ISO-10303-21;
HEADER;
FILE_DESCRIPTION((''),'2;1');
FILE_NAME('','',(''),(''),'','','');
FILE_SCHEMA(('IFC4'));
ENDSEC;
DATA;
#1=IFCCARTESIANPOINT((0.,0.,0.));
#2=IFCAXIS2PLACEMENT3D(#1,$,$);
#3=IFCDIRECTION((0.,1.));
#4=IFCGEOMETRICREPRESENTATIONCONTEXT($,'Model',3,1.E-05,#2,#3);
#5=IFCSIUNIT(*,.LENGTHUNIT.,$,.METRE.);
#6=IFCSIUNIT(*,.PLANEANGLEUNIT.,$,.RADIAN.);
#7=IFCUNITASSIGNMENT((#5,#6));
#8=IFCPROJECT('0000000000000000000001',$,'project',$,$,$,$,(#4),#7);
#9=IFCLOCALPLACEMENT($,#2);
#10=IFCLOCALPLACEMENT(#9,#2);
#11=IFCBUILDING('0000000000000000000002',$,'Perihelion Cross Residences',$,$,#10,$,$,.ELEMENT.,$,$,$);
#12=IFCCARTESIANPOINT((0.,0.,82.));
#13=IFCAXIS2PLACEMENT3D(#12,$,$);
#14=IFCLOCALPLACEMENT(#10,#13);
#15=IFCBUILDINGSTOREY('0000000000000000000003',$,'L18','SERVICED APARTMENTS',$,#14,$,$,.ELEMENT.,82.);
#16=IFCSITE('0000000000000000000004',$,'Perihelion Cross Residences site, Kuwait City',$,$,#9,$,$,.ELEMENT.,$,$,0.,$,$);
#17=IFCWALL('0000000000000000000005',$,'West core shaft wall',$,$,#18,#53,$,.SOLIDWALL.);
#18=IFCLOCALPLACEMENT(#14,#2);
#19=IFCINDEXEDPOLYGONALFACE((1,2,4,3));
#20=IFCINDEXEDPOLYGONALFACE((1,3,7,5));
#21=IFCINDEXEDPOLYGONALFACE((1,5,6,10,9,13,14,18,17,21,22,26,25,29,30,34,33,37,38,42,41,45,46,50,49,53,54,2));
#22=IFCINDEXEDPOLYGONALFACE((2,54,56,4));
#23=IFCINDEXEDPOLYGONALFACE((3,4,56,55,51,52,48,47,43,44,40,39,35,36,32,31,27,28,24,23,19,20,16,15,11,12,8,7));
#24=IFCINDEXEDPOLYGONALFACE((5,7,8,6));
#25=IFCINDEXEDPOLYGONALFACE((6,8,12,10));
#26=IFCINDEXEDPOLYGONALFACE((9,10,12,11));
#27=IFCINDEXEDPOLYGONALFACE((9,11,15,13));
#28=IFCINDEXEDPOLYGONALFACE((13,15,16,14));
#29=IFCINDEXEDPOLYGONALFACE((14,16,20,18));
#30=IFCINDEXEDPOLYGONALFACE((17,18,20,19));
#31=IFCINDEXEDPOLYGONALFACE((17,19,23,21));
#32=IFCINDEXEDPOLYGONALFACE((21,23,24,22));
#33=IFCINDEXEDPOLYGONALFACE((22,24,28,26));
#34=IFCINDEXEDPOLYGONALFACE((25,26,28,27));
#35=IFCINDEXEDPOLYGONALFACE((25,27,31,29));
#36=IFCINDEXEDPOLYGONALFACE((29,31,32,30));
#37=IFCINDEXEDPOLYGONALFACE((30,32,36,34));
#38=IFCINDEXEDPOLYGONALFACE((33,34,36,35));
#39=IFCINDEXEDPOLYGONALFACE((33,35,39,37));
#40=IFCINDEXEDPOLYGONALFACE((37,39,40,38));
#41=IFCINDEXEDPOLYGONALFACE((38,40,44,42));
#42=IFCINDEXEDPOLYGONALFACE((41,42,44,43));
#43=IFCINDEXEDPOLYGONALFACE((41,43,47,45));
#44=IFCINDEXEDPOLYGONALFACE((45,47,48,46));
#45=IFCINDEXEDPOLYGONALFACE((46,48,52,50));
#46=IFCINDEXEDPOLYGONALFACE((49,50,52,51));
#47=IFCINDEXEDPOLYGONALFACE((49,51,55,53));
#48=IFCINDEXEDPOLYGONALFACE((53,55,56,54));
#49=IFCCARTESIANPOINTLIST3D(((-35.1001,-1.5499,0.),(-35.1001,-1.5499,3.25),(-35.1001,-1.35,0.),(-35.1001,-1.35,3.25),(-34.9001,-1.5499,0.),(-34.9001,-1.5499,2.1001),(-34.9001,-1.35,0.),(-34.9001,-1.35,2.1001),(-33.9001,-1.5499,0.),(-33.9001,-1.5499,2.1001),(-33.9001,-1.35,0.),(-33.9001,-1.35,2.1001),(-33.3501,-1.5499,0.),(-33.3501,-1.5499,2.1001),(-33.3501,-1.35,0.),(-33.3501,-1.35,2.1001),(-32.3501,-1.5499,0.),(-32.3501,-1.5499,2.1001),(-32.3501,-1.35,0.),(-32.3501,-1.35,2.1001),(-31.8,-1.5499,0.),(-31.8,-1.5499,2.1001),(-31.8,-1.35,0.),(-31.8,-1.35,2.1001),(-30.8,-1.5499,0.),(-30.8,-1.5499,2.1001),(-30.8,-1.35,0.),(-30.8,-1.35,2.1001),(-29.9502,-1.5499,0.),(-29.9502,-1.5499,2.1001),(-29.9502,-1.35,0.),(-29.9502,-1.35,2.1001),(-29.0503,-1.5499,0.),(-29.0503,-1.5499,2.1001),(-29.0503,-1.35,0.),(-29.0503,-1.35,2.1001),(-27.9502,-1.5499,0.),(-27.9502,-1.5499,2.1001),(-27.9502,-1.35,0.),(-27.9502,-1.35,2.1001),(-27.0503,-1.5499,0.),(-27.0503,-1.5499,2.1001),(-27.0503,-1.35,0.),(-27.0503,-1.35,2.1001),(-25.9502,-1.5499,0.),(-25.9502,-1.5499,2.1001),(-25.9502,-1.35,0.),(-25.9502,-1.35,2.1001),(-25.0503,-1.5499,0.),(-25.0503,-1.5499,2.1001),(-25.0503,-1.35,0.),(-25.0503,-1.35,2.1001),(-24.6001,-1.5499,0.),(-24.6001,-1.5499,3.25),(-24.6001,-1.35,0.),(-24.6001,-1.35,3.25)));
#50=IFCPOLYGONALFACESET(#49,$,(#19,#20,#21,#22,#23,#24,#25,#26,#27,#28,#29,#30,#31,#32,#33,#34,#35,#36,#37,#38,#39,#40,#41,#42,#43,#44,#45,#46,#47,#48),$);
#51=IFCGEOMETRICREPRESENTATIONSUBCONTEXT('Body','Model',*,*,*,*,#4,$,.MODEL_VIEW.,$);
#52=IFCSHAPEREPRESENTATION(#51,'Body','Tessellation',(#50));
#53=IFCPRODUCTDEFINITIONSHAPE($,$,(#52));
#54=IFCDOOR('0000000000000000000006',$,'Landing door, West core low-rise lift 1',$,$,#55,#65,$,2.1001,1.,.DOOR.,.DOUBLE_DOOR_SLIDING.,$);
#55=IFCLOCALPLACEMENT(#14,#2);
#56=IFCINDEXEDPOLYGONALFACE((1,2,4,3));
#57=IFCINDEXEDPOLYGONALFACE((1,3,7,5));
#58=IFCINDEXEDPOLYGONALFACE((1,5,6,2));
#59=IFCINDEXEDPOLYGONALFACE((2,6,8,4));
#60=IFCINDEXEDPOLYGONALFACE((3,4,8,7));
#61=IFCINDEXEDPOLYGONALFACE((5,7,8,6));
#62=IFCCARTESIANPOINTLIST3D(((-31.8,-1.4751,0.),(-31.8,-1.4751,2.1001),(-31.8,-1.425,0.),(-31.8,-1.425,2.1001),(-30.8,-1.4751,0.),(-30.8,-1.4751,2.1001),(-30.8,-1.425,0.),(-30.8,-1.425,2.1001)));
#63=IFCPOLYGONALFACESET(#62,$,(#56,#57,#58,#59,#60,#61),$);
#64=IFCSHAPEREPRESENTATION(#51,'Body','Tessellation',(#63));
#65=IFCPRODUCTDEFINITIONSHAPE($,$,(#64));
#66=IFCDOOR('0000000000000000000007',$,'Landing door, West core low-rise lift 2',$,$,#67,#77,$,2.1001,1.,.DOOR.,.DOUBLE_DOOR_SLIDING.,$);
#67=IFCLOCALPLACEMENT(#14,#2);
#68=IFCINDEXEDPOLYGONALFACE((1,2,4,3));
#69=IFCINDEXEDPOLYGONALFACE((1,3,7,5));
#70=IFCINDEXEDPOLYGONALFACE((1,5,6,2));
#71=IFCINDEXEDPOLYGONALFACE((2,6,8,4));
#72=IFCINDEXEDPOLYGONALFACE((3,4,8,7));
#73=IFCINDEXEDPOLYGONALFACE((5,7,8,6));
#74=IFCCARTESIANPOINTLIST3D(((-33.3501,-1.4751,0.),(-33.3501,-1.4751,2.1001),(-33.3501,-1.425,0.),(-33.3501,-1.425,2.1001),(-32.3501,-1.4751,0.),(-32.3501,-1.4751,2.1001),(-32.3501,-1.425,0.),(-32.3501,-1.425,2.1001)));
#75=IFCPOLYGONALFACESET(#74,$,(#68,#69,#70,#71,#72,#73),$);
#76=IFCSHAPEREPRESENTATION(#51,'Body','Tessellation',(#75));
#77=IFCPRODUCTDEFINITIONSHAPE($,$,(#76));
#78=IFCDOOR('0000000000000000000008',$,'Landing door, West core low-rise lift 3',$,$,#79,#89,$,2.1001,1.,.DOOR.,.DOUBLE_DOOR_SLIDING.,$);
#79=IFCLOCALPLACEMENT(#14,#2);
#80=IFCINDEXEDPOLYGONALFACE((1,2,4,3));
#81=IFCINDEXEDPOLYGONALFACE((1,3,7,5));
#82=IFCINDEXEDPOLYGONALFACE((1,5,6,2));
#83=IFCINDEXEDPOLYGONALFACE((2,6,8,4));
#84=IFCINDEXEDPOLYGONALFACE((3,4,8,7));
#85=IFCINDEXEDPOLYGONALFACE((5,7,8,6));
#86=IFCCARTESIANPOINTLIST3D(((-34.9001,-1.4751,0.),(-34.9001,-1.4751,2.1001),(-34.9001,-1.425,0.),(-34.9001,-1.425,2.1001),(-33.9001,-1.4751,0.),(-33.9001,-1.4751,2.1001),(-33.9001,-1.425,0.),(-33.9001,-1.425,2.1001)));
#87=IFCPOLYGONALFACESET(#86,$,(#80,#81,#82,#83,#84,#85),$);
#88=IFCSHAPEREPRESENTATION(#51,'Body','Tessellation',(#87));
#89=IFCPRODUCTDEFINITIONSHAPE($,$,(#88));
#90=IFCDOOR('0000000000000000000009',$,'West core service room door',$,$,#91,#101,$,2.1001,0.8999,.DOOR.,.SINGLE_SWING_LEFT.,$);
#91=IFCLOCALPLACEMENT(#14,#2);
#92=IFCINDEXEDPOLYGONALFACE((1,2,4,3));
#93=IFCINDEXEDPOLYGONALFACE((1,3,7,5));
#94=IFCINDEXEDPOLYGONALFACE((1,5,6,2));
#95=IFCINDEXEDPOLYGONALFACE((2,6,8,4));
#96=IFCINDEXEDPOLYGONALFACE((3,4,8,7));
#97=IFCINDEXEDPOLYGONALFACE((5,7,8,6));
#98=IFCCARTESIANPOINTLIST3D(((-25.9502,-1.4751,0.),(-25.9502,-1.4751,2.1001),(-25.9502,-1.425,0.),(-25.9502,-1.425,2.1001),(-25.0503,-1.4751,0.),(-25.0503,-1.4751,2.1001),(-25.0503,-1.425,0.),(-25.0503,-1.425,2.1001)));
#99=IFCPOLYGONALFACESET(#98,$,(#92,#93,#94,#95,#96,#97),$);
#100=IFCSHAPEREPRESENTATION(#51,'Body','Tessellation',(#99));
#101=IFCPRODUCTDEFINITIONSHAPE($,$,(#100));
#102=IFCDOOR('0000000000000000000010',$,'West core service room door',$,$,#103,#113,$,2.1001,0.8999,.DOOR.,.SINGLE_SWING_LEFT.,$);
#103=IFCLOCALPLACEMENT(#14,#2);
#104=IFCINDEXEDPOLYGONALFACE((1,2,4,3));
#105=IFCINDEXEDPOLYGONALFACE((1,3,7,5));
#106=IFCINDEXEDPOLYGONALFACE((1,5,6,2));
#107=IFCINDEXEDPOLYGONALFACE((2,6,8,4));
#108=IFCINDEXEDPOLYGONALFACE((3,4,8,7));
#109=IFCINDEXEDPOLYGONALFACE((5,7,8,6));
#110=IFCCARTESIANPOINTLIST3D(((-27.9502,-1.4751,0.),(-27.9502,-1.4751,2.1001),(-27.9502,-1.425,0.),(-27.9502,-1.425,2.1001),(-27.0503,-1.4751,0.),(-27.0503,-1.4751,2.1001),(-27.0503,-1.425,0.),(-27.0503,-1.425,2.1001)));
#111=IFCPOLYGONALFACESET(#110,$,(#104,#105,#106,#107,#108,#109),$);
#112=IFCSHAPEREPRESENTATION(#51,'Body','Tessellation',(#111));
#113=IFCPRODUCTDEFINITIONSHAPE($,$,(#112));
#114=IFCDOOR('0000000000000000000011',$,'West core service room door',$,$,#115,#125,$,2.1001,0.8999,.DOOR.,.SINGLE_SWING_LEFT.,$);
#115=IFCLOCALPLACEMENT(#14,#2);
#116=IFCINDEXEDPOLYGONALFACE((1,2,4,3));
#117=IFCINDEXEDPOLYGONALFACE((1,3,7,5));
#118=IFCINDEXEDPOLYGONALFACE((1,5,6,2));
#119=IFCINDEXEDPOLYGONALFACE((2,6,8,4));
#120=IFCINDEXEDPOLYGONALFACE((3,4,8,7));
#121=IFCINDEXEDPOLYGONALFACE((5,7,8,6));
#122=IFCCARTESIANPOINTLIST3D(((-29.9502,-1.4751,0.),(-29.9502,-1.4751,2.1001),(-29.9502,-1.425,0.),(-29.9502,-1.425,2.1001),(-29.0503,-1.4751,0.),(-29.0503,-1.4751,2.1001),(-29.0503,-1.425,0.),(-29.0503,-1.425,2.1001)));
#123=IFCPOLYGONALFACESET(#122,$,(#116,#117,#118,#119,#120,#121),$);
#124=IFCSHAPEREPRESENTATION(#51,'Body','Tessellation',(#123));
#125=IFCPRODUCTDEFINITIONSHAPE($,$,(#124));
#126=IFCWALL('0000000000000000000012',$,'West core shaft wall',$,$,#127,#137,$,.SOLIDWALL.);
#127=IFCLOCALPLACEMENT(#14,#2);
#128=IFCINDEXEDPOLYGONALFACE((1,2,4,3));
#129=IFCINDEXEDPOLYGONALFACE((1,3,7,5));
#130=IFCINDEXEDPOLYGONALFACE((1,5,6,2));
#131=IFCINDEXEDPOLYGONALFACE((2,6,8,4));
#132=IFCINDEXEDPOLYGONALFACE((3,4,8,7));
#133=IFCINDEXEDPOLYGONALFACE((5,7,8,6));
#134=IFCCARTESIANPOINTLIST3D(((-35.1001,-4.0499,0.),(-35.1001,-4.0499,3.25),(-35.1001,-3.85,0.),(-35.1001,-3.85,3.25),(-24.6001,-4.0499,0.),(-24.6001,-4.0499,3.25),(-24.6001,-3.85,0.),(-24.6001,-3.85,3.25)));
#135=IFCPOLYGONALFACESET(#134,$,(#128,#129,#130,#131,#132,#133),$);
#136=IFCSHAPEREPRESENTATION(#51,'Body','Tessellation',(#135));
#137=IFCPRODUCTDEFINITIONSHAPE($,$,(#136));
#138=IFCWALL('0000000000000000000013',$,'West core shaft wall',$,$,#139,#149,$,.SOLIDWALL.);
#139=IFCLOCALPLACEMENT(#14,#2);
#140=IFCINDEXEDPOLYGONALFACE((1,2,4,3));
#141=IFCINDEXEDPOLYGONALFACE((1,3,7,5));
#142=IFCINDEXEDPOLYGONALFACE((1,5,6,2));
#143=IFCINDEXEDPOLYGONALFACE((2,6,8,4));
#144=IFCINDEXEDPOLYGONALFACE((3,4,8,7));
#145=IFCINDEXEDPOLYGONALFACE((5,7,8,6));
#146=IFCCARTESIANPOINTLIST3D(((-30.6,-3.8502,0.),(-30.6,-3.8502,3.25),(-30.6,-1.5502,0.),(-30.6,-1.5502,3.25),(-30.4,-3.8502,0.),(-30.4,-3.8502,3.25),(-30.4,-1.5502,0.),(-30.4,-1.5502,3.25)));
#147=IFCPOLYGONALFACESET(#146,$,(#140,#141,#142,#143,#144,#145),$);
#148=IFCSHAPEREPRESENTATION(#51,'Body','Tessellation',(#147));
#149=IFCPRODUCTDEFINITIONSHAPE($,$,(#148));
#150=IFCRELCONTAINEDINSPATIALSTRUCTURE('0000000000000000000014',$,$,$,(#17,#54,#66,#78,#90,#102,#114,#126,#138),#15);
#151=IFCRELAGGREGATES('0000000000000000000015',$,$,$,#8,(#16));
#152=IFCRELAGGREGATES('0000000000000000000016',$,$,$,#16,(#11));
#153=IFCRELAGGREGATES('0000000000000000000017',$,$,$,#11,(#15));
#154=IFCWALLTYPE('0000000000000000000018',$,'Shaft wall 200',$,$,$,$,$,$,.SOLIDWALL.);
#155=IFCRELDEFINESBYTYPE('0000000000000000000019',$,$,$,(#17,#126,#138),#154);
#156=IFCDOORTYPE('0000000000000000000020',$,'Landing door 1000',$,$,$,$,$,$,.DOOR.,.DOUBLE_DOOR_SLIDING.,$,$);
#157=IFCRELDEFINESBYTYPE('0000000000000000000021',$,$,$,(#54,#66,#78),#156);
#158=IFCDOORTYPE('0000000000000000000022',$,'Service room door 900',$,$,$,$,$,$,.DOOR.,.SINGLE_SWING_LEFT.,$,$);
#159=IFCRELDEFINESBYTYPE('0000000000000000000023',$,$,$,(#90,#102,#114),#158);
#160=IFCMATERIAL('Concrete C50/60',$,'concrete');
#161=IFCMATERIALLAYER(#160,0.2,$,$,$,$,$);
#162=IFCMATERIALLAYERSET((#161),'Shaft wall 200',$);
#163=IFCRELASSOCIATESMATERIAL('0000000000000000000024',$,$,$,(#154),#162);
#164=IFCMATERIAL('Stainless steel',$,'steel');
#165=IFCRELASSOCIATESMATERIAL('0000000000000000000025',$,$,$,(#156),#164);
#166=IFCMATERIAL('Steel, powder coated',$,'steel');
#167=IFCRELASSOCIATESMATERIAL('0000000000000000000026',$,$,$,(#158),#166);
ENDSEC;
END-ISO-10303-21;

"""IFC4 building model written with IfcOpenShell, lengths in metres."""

from ifc_helpers import new_model, si_unit, direction, frame, frame_2d, origin, place, context, subcontext, project, spatial, rectangle, extrude, material, layer, layer_set, type_object, element, fill, save


model = new_model("IFC4")

# Units and contexts
model_context = context("Model", 3, precision=1e-05, world=origin(), true_north=direction((0.0, 1.0)))
body_context = subcontext(model_context, "Body", "Model", "MODEL_VIEW")
ifc_project = project(units=[si_unit("LENGTHUNIT", "METRE"), si_unit("PLANEANGLEUNIT", "RADIAN")], contexts=[model_context])

# Site, building, storey
site_placement = place(None, origin())
site = spatial("IfcSite", under=ifc_project, at=site_placement, Name="Perihelion Cross Residences site, Kuwait City", CompositionType="ELEMENT", RefElevation=0.0)
building_placement = place(site_placement, origin())
building = spatial("IfcBuilding", under=site, at=building_placement, Name="Perihelion Cross Residences", CompositionType="ELEMENT")
storey_placement = place(building_placement, frame((0.0, 0.0, 82.0)))
storey = spatial("IfcBuildingStorey", under=building, at=storey_placement, Name="L18", Description="SERVICED APARTMENTS", CompositionType="ELEMENT", Elevation=82.0)

# Wall, openings, doors
ifc_material_1 = material(Name="Concrete C50/60", Category="concrete")
ifc_layer_1 = layer(ifc_material_1, 0.2)
ifc_layer_set_1 = layer_set([ifc_layer_1], Name="Shaft wall 200")
wall_type_1 = type_object("IfcWallType", Name="Shaft wall 200", PredefinedType="SOLIDWALL", material=ifc_layer_set_1)
wall_1_placement = place(storey_placement, frame((-35.1001, -1.45, 0.0), z_axis=(0.0, 0.0, 1.0), x_axis=(1.0, 0.0, 0.0)))
wall_1 = element("IfcWall", 1, at=wall_1_placement, inside=storey, type_object=wall_type_1, Name="West core shaft wall", PredefinedType="SOLIDWALL", context=body_context, shape_type="SweptSolid", body=[
    extrude(rectangle(XDim=10.5, YDim=0.2, at=frame_2d((5.25, 0.0))), origin(), (0.0, 0.0, 1.0), 3.25),
])
opening_1_placement = place(wall_1_placement, frame((3.3, 0.0, 0.0)))
opening_1 = element("IfcOpeningElement", 2, at=opening_1_placement, cuts=wall_1, PredefinedType="OPENING", context=body_context, shape_type="SweptSolid", body=[
    extrude(rectangle(XDim=1.0, YDim=2.1001, at=frame_2d((0.5, 1.05))), frame((0.0, 0.1099, 0.0), z_axis=(0.0, -1.0, 0.0), x_axis=(1.0, 0.0, 0.0)), (0.0, 0.0, 1.0), 0.22),
])
opening_2_placement = place(wall_1_placement, frame((1.75, 0.0, 0.0)))
opening_2 = element("IfcOpeningElement", 3, at=opening_2_placement, cuts=wall_1, PredefinedType="OPENING", context=body_context, shape_type="SweptSolid", body=[
    extrude(rectangle(XDim=1.0, YDim=2.1001, at=frame_2d((0.5, 1.05))), frame((0.0, 0.1099, 0.0), z_axis=(0.0, -1.0, 0.0), x_axis=(1.0, 0.0, 0.0)), (0.0, 0.0, 1.0), 0.22),
])
opening_3_placement = place(wall_1_placement, frame((0.2, 0.0, 0.0)))
opening_3 = element("IfcOpeningElement", 4, at=opening_3_placement, cuts=wall_1, PredefinedType="OPENING", context=body_context, shape_type="SweptSolid", body=[
    extrude(rectangle(XDim=1.0, YDim=2.1001, at=frame_2d((0.5, 1.05))), frame((0.0, 0.1099, 0.0), z_axis=(0.0, -1.0, 0.0), x_axis=(1.0, 0.0, 0.0)), (0.0, 0.0, 1.0), 0.22),
])
opening_4_placement = place(wall_1_placement, frame((9.1499, 0.0, 0.0)))
opening_4 = element("IfcOpeningElement", 5, at=opening_4_placement, cuts=wall_1, PredefinedType="OPENING", context=body_context, shape_type="SweptSolid", body=[
    extrude(rectangle(XDim=0.8999, YDim=2.1001, at=frame_2d((0.45, 1.05))), frame((0.0, 0.1099, 0.0), z_axis=(0.0, -1.0, 0.0), x_axis=(1.0, 0.0, 0.0)), (0.0, 0.0, 1.0), 0.22),
])
opening_5_placement = place(wall_1_placement, frame((7.1499, 0.0, 0.0)))
opening_5 = element("IfcOpeningElement", 6, at=opening_5_placement, cuts=wall_1, PredefinedType="OPENING", context=body_context, shape_type="SweptSolid", body=[
    extrude(rectangle(XDim=0.8999, YDim=2.1001, at=frame_2d((0.45, 1.05))), frame((0.0, 0.1099, 0.0), z_axis=(0.0, -1.0, 0.0), x_axis=(1.0, 0.0, 0.0)), (0.0, 0.0, 1.0), 0.22),
])
opening_6_placement = place(wall_1_placement, frame((5.1499, 0.0, 0.0)))
opening_6 = element("IfcOpeningElement", 7, at=opening_6_placement, cuts=wall_1, PredefinedType="OPENING", context=body_context, shape_type="SweptSolid", body=[
    extrude(rectangle(XDim=0.8999, YDim=2.1001, at=frame_2d((0.45, 1.05))), frame((0.0, 0.1099, 0.0), z_axis=(0.0, -1.0, 0.0), x_axis=(1.0, 0.0, 0.0)), (0.0, 0.0, 1.0), 0.22),
])
ifc_material_2 = material(Name="Stainless steel", Category="steel")
door_type_1 = type_object("IfcDoorType", Name="Landing door 1000", OperationType="DOUBLE_DOOR_SLIDING", PredefinedType="DOOR", material=ifc_material_2)
door_1_placement = place(opening_1_placement, origin())
door_1 = element("IfcDoor", 8, at=door_1_placement, inside=storey, type_object=door_type_1, Name="Landing door, West core low-rise lift 1", OperationType="DOUBLE_DOOR_SLIDING", OverallHeight=2.1001, OverallWidth=1.0, PredefinedType="DOOR", context=body_context, shape_type="SweptSolid", body=[
    extrude(rectangle(XDim=1.0, YDim=2.1001, at=frame_2d((0.5, 1.05))), frame((0.0, 0.0249, 0.0), z_axis=(0.0, -1.0, 0.0), x_axis=(1.0, 0.0, 0.0)), (0.0, 0.0, 1.0), 0.05),
])
fill(opening_1, door_1)
door_2_placement = place(opening_2_placement, origin())
door_2 = element("IfcDoor", 9, at=door_2_placement, inside=storey, type_object=door_type_1, Name="Landing door, West core low-rise lift 2", OperationType="DOUBLE_DOOR_SLIDING", OverallHeight=2.1001, OverallWidth=1.0, PredefinedType="DOOR", context=body_context, shape_type="SweptSolid", body=[
    extrude(rectangle(XDim=1.0, YDim=2.1001, at=frame_2d((0.5, 1.05))), frame((0.0, 0.0249, 0.0), z_axis=(0.0, -1.0, 0.0), x_axis=(1.0, 0.0, 0.0)), (0.0, 0.0, 1.0), 0.05),
])
fill(opening_2, door_2)
door_3_placement = place(opening_3_placement, origin())
door_3 = element("IfcDoor", 10, at=door_3_placement, inside=storey, type_object=door_type_1, Name="Landing door, West core low-rise lift 3", OperationType="DOUBLE_DOOR_SLIDING", OverallHeight=2.1001, OverallWidth=1.0, PredefinedType="DOOR", context=body_context, shape_type="SweptSolid", body=[
    extrude(rectangle(XDim=1.0, YDim=2.1001, at=frame_2d((0.5, 1.05))), frame((0.0, 0.0249, 0.0), z_axis=(0.0, -1.0, 0.0), x_axis=(1.0, 0.0, 0.0)), (0.0, 0.0, 1.0), 0.05),
])
fill(opening_3, door_3)
ifc_material_3 = material(Name="Steel, powder coated", Category="steel")
door_type_2 = type_object("IfcDoorType", Name="Service room door 900", OperationType="SINGLE_SWING_LEFT", PredefinedType="DOOR", material=ifc_material_3)
door_4_placement = place(opening_4_placement, origin())
door_4 = element("IfcDoor", 11, at=door_4_placement, inside=storey, type_object=door_type_2, Name="West core service room door", OperationType="SINGLE_SWING_LEFT", OverallHeight=2.1001, OverallWidth=0.8999, PredefinedType="DOOR", context=body_context, shape_type="SweptSolid", body=[
    extrude(rectangle(XDim=0.8999, YDim=2.1001, at=frame_2d((0.45, 1.05))), frame((0.0, 0.0249, 0.0), z_axis=(0.0, -1.0, 0.0), x_axis=(1.0, 0.0, 0.0)), (0.0, 0.0, 1.0), 0.05),
])
fill(opening_4, door_4)
door_5_placement = place(opening_5_placement, origin())
door_5 = element("IfcDoor", 12, at=door_5_placement, inside=storey, type_object=door_type_2, Name="West core service room door", OperationType="SINGLE_SWING_LEFT", OverallHeight=2.1001, OverallWidth=0.8999, PredefinedType="DOOR", context=body_context, shape_type="SweptSolid", body=[
    extrude(rectangle(XDim=0.8999, YDim=2.1001, at=frame_2d((0.45, 1.05))), frame((0.0, 0.0249, 0.0), z_axis=(0.0, -1.0, 0.0), x_axis=(1.0, 0.0, 0.0)), (0.0, 0.0, 1.0), 0.05),
])
fill(opening_5, door_5)
door_6_placement = place(opening_6_placement, origin())
door_6 = element("IfcDoor", 13, at=door_6_placement, inside=storey, type_object=door_type_2, Name="West core service room door", OperationType="SINGLE_SWING_LEFT", OverallHeight=2.1001, OverallWidth=0.8999, PredefinedType="DOOR", context=body_context, shape_type="SweptSolid", body=[
    extrude(rectangle(XDim=0.8999, YDim=2.1001, at=frame_2d((0.45, 1.05))), frame((0.0, 0.0249, 0.0), z_axis=(0.0, -1.0, 0.0), x_axis=(1.0, 0.0, 0.0)), (0.0, 0.0, 1.0), 0.05),
])
fill(opening_6, door_6)

# Walls
wall_2_placement = place(storey_placement, frame((-35.1001, -3.95, 0.0), z_axis=(0.0, 0.0, 1.0), x_axis=(1.0, 0.0, 0.0)))
element("IfcWall", 14, at=wall_2_placement, inside=storey, type_object=wall_type_1, Name="West core shaft wall", PredefinedType="SOLIDWALL", context=body_context, shape_type="SweptSolid", body=[
    extrude(rectangle(XDim=10.5, YDim=0.2, at=frame_2d((5.25, 0.0))), origin(), (0.0, 0.0, 1.0), 3.25),
])
wall_3_placement = place(storey_placement, frame((-30.5, -3.8501, 0.0), z_axis=(0.0, 0.0, 1.0), x_axis=(0.0, 1.0, 0.0)))
element("IfcWall", 15, at=wall_3_placement, inside=storey, type_object=wall_type_1, Name="West core shaft wall", PredefinedType="SOLIDWALL", context=body_context, shape_type="SweptSolid", body=[
    extrude(rectangle(XDim=2.3, YDim=0.2, at=frame_2d((1.1499, 0.0))), origin(), (0.0, 0.0, 1.0), 3.25),
])

save(model, "model.ifc")
